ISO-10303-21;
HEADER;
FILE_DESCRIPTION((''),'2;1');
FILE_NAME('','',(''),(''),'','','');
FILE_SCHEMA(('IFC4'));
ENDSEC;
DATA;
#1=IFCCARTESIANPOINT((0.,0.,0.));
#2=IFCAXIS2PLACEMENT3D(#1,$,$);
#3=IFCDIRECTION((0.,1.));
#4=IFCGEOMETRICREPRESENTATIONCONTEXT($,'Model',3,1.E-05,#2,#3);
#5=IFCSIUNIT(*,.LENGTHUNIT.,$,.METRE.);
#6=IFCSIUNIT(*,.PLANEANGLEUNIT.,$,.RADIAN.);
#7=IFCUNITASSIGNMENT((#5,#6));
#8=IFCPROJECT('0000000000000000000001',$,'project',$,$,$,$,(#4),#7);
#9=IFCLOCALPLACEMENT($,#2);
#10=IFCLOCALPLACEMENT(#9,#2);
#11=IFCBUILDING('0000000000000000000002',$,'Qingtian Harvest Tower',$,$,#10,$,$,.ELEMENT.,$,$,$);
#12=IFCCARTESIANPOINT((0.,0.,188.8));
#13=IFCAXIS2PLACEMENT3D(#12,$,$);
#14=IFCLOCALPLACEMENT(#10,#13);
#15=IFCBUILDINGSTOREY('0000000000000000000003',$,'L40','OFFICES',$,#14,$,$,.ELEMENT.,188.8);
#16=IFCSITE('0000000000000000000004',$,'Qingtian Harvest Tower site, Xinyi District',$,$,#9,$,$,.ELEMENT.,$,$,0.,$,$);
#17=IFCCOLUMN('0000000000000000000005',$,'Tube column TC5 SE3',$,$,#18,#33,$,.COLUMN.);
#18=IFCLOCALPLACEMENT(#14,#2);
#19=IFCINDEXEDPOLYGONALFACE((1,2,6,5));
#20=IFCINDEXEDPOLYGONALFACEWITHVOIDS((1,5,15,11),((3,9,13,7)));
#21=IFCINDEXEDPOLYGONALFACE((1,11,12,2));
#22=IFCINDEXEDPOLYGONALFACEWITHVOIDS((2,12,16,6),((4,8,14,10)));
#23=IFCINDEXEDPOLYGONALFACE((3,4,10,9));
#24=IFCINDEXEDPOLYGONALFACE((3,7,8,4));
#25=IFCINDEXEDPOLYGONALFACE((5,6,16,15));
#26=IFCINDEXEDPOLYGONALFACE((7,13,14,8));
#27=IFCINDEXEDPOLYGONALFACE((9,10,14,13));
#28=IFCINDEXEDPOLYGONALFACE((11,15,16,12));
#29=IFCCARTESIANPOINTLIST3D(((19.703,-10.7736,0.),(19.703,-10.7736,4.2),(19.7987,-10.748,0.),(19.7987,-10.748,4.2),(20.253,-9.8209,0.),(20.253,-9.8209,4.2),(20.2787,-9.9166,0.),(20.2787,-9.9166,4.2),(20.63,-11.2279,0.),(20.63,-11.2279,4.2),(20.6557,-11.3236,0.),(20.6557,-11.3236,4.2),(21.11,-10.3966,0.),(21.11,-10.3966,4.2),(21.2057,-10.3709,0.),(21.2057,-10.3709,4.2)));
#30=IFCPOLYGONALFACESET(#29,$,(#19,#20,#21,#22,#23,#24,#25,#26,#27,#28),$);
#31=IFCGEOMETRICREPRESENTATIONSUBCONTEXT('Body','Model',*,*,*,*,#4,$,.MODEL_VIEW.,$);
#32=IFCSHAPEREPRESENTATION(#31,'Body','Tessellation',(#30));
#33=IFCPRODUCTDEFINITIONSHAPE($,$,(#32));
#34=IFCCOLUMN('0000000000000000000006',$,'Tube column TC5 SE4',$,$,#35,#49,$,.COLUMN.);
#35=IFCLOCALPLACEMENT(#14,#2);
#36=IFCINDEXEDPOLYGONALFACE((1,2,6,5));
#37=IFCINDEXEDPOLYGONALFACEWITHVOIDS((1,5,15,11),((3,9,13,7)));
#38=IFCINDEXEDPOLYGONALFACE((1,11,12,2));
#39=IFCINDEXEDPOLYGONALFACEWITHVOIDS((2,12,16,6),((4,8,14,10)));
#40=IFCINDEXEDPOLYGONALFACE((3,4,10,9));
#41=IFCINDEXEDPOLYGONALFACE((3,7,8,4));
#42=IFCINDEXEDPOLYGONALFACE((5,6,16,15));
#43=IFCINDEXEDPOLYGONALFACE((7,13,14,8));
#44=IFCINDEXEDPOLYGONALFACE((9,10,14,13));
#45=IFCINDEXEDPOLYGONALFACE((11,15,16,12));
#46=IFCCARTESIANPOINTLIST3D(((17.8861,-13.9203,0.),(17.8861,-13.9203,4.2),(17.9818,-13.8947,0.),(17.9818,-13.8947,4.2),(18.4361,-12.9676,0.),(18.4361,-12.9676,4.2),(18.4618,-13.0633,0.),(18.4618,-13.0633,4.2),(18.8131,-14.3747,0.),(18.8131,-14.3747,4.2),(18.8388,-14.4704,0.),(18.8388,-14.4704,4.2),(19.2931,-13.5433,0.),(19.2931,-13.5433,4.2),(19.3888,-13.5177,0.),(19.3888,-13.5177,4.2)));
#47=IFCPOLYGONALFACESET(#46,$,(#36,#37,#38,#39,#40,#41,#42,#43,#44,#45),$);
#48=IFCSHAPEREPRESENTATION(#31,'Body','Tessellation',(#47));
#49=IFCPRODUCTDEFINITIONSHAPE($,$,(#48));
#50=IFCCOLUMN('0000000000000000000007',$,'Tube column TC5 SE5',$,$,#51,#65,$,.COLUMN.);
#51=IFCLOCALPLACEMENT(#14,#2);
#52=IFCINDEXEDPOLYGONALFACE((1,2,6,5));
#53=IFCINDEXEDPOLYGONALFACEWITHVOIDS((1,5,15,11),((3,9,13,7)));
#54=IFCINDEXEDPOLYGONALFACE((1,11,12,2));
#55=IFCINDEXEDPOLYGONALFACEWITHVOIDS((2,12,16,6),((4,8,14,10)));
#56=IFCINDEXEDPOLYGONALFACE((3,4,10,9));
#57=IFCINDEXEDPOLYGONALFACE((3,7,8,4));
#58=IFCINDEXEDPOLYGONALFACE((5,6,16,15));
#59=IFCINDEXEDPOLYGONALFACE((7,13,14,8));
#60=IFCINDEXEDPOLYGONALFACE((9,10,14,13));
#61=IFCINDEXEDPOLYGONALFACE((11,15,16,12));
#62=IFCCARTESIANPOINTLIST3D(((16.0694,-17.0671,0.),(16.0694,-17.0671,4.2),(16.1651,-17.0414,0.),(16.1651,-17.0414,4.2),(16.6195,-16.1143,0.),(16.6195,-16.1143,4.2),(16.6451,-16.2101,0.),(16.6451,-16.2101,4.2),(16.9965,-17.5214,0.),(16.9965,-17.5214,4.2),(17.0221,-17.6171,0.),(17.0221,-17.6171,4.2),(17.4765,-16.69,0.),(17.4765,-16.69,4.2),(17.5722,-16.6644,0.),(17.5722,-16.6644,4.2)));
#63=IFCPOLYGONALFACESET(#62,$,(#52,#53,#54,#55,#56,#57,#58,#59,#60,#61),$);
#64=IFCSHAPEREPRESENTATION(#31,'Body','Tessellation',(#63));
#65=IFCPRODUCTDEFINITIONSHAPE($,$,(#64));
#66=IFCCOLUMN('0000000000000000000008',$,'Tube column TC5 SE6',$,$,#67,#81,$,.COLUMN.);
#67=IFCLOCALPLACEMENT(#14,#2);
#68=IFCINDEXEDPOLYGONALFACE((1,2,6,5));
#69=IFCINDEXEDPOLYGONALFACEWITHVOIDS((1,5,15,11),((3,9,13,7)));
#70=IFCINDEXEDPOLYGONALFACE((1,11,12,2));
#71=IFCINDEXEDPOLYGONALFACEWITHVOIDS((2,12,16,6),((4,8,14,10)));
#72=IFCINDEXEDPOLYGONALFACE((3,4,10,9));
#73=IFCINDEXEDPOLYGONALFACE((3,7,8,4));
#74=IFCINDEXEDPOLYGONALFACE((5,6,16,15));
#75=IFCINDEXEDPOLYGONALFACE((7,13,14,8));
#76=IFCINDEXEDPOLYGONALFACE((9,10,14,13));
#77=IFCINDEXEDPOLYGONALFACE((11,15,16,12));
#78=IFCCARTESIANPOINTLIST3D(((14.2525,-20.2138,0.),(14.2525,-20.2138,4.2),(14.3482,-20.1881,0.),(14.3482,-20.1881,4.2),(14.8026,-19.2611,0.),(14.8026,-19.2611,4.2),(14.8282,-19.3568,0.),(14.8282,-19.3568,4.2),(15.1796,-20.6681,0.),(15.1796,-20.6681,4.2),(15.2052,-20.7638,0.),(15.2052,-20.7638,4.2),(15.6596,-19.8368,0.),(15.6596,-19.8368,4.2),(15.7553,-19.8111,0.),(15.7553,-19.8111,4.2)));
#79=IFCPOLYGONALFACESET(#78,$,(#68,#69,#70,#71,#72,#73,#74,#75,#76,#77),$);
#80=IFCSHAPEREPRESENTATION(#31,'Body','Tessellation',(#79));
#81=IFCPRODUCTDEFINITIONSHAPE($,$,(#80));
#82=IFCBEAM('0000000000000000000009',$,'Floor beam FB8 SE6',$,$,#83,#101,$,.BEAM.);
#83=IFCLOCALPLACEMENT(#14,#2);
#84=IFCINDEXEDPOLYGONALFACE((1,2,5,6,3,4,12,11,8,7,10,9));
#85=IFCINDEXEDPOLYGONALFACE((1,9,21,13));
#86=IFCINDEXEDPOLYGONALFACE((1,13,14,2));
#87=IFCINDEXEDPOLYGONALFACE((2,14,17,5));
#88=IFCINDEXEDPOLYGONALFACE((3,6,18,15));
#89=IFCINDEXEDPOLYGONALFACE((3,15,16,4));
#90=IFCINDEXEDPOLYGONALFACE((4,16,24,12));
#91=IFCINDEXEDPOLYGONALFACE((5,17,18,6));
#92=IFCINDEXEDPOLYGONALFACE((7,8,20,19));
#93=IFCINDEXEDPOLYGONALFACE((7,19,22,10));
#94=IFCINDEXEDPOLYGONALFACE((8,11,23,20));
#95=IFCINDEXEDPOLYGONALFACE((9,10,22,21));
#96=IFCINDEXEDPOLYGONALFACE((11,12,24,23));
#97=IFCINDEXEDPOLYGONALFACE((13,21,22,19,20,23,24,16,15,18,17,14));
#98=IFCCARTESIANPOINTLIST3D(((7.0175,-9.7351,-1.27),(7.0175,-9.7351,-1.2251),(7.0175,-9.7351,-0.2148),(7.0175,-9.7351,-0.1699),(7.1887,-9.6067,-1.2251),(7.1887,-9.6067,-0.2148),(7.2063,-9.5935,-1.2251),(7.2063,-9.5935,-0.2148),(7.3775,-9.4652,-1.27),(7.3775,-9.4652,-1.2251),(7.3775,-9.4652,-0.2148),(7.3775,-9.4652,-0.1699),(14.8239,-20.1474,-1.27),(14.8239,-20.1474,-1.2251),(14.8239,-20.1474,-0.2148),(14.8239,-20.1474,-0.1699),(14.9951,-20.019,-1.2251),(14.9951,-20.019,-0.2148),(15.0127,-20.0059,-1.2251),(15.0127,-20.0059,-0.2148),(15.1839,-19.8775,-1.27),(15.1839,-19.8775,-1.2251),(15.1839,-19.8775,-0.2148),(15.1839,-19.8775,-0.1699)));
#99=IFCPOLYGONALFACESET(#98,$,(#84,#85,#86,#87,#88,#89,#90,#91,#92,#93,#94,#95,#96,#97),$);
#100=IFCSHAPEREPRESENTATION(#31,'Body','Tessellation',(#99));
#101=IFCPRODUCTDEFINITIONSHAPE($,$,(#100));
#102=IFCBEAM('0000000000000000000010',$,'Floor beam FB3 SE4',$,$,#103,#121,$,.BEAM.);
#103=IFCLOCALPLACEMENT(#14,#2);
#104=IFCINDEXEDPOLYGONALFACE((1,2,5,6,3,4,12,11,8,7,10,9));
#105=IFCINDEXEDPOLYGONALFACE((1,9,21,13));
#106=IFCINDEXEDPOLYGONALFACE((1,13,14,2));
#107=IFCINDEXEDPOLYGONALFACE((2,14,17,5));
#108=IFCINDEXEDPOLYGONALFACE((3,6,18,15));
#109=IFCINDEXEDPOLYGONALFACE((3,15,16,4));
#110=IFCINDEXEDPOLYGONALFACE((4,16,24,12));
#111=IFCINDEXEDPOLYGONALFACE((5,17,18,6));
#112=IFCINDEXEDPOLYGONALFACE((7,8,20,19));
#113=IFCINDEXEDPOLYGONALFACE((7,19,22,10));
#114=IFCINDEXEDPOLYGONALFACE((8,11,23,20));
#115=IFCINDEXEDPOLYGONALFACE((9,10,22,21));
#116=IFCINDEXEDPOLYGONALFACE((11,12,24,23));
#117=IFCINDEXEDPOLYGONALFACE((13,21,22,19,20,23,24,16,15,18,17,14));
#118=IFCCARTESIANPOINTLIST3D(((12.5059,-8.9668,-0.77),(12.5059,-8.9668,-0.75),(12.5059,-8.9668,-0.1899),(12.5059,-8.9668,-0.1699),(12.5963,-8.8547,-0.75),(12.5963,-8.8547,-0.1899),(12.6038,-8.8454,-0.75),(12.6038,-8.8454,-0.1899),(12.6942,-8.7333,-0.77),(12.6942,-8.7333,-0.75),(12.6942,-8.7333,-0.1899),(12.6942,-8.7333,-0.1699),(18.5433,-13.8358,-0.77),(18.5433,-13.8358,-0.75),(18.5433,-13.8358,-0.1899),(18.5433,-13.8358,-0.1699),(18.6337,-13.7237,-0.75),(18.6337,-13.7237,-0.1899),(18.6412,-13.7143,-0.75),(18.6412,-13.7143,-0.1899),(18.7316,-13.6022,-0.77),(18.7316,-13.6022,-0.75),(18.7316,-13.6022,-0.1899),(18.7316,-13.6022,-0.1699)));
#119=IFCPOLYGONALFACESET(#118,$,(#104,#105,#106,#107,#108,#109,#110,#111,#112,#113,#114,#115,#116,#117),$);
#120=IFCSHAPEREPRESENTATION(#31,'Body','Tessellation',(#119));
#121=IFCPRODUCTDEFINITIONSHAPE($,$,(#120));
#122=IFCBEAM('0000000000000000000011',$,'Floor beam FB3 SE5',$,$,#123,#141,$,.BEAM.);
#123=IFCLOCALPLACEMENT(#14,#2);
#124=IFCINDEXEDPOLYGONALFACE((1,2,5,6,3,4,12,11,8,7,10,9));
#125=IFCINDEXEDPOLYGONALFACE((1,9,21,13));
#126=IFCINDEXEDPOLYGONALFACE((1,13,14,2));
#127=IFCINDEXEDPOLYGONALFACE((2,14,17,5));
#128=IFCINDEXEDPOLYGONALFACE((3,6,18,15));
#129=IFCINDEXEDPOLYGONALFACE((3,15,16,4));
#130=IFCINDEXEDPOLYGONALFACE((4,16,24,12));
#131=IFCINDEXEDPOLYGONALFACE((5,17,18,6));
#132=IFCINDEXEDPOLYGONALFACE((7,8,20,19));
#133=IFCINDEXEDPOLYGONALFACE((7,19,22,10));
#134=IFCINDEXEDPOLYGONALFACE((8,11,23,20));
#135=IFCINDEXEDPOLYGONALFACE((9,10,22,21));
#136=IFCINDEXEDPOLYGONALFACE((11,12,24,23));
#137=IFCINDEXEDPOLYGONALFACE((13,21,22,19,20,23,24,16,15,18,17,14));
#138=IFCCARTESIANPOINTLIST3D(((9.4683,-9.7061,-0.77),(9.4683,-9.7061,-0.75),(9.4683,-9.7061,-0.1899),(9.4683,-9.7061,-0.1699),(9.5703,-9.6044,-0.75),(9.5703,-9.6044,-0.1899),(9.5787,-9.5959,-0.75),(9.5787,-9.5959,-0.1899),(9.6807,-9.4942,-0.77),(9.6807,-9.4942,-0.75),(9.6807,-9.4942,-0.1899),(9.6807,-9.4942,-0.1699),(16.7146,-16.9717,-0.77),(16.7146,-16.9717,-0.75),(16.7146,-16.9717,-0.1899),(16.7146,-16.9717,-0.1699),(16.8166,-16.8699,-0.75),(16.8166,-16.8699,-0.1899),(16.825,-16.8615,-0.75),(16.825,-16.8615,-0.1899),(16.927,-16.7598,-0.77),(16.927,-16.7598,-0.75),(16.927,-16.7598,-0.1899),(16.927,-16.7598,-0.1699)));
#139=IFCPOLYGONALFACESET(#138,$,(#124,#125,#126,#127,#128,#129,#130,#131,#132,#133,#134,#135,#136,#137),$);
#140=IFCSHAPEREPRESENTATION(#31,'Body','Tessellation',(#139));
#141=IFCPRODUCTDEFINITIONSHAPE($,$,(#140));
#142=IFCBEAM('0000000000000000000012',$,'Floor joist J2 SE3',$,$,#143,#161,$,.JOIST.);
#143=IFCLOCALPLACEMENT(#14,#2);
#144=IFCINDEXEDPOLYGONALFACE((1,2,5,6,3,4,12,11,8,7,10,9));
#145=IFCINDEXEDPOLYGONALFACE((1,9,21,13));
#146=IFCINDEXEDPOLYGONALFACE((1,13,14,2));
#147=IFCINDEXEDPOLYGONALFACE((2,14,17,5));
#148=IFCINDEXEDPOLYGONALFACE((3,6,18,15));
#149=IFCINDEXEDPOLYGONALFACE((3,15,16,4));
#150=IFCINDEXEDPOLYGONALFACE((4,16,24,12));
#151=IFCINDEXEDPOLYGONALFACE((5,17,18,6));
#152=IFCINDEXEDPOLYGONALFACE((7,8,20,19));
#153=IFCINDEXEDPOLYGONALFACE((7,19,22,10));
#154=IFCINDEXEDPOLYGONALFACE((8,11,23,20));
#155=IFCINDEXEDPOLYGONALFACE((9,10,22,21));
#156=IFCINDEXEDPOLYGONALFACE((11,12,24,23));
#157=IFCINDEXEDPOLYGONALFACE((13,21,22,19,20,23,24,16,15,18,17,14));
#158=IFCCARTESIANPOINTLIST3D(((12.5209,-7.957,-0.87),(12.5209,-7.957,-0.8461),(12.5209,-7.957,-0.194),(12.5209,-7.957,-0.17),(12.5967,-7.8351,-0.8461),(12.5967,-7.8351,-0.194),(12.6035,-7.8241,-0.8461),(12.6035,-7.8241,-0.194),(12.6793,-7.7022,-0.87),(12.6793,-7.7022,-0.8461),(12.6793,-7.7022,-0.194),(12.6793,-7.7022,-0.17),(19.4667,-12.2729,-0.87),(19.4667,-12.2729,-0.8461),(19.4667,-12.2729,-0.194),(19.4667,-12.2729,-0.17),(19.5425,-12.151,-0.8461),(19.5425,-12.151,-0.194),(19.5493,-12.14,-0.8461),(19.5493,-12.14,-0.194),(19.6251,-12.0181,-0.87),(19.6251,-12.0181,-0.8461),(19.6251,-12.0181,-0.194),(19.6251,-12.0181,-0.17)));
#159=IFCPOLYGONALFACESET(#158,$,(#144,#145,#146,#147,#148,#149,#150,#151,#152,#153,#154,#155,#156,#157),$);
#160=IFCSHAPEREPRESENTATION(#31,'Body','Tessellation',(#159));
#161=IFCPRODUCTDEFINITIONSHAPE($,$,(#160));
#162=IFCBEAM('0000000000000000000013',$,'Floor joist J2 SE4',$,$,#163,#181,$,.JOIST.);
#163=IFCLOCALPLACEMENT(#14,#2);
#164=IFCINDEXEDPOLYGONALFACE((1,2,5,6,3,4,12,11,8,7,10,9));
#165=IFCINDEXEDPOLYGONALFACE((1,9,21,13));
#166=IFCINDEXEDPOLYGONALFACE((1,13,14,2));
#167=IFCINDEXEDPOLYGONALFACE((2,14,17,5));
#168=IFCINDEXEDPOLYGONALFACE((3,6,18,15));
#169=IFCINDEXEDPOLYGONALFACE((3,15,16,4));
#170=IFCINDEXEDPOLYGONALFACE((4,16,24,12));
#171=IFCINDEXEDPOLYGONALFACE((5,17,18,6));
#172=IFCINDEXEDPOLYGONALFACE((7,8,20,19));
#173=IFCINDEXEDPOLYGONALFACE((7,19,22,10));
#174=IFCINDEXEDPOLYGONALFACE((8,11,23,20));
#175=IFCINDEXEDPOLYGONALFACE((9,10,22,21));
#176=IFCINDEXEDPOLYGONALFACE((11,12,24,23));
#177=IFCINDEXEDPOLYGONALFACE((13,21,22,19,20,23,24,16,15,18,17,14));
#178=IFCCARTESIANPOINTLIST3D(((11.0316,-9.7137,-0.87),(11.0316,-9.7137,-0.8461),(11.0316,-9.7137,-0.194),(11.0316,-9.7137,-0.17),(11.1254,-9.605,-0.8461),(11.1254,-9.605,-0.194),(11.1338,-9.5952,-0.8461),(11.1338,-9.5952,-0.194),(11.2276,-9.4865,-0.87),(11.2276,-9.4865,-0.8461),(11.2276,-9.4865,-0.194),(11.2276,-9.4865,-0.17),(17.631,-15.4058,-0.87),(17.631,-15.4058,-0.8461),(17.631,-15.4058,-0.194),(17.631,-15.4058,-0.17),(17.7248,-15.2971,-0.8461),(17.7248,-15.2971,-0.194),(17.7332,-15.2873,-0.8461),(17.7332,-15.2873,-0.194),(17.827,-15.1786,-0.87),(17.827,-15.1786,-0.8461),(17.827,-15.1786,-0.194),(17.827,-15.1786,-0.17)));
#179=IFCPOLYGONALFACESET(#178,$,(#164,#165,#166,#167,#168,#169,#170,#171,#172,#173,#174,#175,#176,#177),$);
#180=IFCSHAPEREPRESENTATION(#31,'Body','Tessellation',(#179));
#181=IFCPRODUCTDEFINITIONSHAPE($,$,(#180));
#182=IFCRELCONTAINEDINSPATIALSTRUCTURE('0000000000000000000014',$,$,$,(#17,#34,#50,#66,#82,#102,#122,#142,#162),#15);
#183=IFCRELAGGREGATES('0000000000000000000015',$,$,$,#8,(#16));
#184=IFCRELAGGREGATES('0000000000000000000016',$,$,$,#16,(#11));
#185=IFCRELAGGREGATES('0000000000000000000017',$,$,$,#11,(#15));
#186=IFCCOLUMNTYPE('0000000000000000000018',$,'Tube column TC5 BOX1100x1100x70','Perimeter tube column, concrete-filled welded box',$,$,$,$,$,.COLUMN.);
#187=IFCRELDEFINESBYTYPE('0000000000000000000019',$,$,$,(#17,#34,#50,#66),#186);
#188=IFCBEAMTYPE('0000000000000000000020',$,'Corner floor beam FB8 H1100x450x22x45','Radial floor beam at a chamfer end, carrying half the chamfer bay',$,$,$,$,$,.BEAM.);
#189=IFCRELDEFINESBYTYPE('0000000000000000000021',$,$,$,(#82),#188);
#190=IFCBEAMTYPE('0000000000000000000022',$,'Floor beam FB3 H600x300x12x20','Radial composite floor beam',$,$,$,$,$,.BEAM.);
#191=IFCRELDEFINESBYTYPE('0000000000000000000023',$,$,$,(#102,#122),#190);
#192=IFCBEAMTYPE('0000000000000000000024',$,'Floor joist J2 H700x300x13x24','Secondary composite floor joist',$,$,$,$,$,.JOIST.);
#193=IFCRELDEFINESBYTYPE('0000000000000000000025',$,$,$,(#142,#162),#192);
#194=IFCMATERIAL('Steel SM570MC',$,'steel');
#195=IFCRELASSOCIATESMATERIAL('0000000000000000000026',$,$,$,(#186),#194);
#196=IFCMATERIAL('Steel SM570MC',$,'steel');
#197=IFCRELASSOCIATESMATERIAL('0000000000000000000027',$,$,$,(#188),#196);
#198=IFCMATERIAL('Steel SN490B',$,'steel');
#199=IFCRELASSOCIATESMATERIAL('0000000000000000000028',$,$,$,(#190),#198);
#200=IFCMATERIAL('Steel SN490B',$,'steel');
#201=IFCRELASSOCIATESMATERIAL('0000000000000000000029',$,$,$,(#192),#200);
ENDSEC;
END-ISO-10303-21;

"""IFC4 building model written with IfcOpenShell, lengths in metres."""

from ifc_helpers import new_model, si_unit, direction, frame, origin, origin_2d, place, context, subcontext, project, spatial, hollow_rectangle, i_section, extrude, material, material_profile, profile_set, type_object, element, save


model = new_model("IFC4")

# Units and contexts
model_context = context("Model", 3, precision=1e-05, world=origin(), true_north=direction((0.0, 1.0)))
body_context = subcontext(model_context, "Body", "Model", "MODEL_VIEW")
ifc_project = project(units=[si_unit("LENGTHUNIT", "METRE"), si_unit("PLANEANGLEUNIT", "RADIAN")], contexts=[model_context])

# Site, building, storey
site_placement = place(None, origin())
site = spatial("IfcSite", under=ifc_project, at=site_placement, Name="Qingtian Harvest Tower site, Xinyi District", CompositionType="ELEMENT", RefElevation=0.0)
building_placement = place(site_placement, origin())
building = spatial("IfcBuilding", under=site, at=building_placement, Name="Qingtian Harvest Tower", CompositionType="ELEMENT")
storey_placement = place(building_placement, frame((0.0, 0.0, 188.8)))
storey = spatial("IfcBuildingStorey", under=building, at=storey_placement, Name="L40", Description="OFFICES", CompositionType="ELEMENT", Elevation=188.8)

# Columns
ifc_material_1 = material(Name="Steel SM570MC", Category="steel")
ifc_material_profile_1 = material_profile(ifc_material_1, hollow_rectangle(XDim=1.1001, YDim=1.1001, WallThickness=0.0701, at=origin_2d()), Name="BOX1100x1100x70")
ifc_profile_set_1 = profile_set([ifc_material_profile_1], Name="Steel SM570MC")
column_type = type_object("IfcColumnType", Name="Tube column TC5 BOX1100x1100x70", Description="Perimeter tube column, concrete-filled welded box", PredefinedType="COLUMN", material=ifc_profile_set_1)
for number, where, z_axis, x_axis, name in (
    (1, (20.4543, -10.5723, 0.0), (0.0, 0.0, 1.0), (0.5, 0.866025, 0.0), "Tube column TC5 SE3"),
    (2, (18.6375, -13.719, 0.0), (0.0, 0.0, 1.0), (0.5, 0.866025, 0.0), "Tube column TC5 SE4"),
    (3, (16.8208, -16.8657, 0.0), (0.0, 0.0, 1.0), (0.5, 0.866025, 0.0), "Tube column TC5 SE5"),
    (4, (15.0039, -20.0125, 0.0), (0.0, 0.0, 1.0), (0.5, 0.866025, 0.0), "Tube column TC5 SE6"),
):
    element("IfcColumn", number, at=place(storey_placement, frame(where, z_axis=z_axis, x_axis=x_axis)), inside=storey, type_object=column_type, Name=name, PredefinedType="COLUMN", context=body_context, shape_type="SweptSolid", body=[
        extrude(hollow_rectangle(XDim=1.1001, YDim=1.1001, WallThickness=0.0701, at=origin_2d()), origin(), (0.0, 0.0, 1.0), 4.2),
    ])

# Beams
ifc_material_2 = material(Name="Steel SM570MC", Category="steel")
ifc_material_profile_2 = material_profile(ifc_material_2, i_section(OverallWidth=0.45, OverallDepth=1.1001, WebThickness=0.022, FlangeThickness=0.0449, at=origin_2d()), Name="H1100x450x22x45")
ifc_profile_set_2 = profile_set([ifc_material_profile_2], Name="Steel SM570MC")
beam_type_1 = type_object("IfcBeamType", Name="Corner floor beam FB8 H1100x450x22x45", Description="Radial floor beam at a chamfer end, carrying half the chamfer bay", PredefinedType="BEAM", material=ifc_profile_set_2)
beam_1_placement = place(storey_placement, frame((15.0039, -20.0125, -0.72), z_axis=(-0.599859, 0.800106, 0.0), x_axis=(-0.800106, -0.599859, 0.0)))
element("IfcBeam", 5, at=beam_1_placement, inside=storey, type_object=beam_type_1, Name="Floor beam FB8 SE6", PredefinedType="BEAM", context=body_context, shape_type="SweptSolid", body=[
    extrude(i_section(OverallWidth=0.45, OverallDepth=1.1001, WebThickness=0.022, FlangeThickness=0.0449, at=origin_2d()), origin(), (0.0, 0.0, 1.0), 13.0137),
])
ifc_material_3 = material(Name="Steel SN490B", Category="steel")
ifc_material_profile_3 = material_profile(ifc_material_3, i_section(OverallWidth=0.3, OverallDepth=0.6001, WebThickness=0.012, FlangeThickness=0.02, at=origin_2d()), Name="H600x300x12x20")
ifc_profile_set_3 = profile_set([ifc_material_profile_3], Name="Steel SN490B")
beam_type_2 = type_object("IfcBeamType", Name="Floor beam FB3 H600x300x12x20", Description="Radial composite floor beam", PredefinedType="BEAM", material=ifc_profile_set_3)
beam_2_placement = place(storey_placement, frame((18.6375, -13.719, -0.47), z_axis=(-0.778409, 0.627757, 0.0), x_axis=(-0.627757, -0.778409, 0.0)))
element("IfcBeam", 6, at=beam_2_placement, inside=storey, type_object=beam_type_2, Name="Floor beam FB3 SE4", PredefinedType="BEAM", context=body_context, shape_type="SweptSolid", body=[
    extrude(i_section(OverallWidth=0.3, OverallDepth=0.6001, WebThickness=0.012, FlangeThickness=0.02, at=origin_2d()), origin(), (0.0, 0.0, 1.0), 7.7561),
])
beam_3_placement = place(storey_placement, frame((16.8208, -16.8657, -0.47), z_axis=(-0.706166, 0.708046, 0.0), x_axis=(-0.708046, -0.706166, 0.0)))
element("IfcBeam", 7, at=beam_3_placement, inside=storey, type_object=beam_type_2, Name="Floor beam FB3 SE5", PredefinedType="BEAM", context=body_context, shape_type="SweptSolid", body=[
    extrude(i_section(OverallWidth=0.3, OverallDepth=0.6001, WebThickness=0.012, FlangeThickness=0.02, at=origin_2d()), origin(), (0.0, 0.0, 1.0), 10.2615),
])
ifc_material_4 = material(Name="Steel SN490B", Category="steel")
ifc_material_profile_4 = material_profile(ifc_material_4, i_section(OverallWidth=0.3, OverallDepth=0.7, WebThickness=0.0129, FlangeThickness=0.0239, at=origin_2d()), Name="H700x300x13x24")
ifc_profile_set_4 = profile_set([ifc_material_profile_4], Name="Steel SN490B")
beam_type_3 = type_object("IfcBeamType", Name="Floor joist J2 H700x300x13x24", Description="Secondary composite floor joist", PredefinedType="JOIST", material=ifc_profile_set_4)
beam_4_placement = place(storey_placement, frame((19.5459, -12.1455, -0.52), z_axis=(-0.849381, 0.52778, 0.0), x_axis=(-0.52778, -0.849381, 0.0)))
element("IfcBeam", 8, at=beam_4_placement, inside=storey, type_object=beam_type_3, Name="Floor joist J2 SE3", PredefinedType="JOIST", context=body_context, shape_type="SweptSolid", body=[
    extrude(i_section(OverallWidth=0.3, OverallDepth=0.7, WebThickness=0.0129, FlangeThickness=0.0239, at=origin_2d()), origin(), (0.0, 0.0, 1.0), 8.1775),
])
beam_5_placement = place(storey_placement, frame((17.729, -15.2922, -0.52), z_axis=(-0.757238, 0.653139, 0.0), x_axis=(-0.653139, -0.757238, 0.0)))
element("IfcBeam", 9, at=beam_5_placement, inside=storey, type_object=beam_type_3, Name="Floor joist J2 SE4", PredefinedType="JOIST", context=body_context, shape_type="SweptSolid", body=[
    extrude(i_section(OverallWidth=0.3, OverallDepth=0.7, WebThickness=0.0129, FlangeThickness=0.0239, at=origin_2d()), origin(), (0.0, 0.0, 1.0), 8.7151),
])

save(model, "model.ifc")
